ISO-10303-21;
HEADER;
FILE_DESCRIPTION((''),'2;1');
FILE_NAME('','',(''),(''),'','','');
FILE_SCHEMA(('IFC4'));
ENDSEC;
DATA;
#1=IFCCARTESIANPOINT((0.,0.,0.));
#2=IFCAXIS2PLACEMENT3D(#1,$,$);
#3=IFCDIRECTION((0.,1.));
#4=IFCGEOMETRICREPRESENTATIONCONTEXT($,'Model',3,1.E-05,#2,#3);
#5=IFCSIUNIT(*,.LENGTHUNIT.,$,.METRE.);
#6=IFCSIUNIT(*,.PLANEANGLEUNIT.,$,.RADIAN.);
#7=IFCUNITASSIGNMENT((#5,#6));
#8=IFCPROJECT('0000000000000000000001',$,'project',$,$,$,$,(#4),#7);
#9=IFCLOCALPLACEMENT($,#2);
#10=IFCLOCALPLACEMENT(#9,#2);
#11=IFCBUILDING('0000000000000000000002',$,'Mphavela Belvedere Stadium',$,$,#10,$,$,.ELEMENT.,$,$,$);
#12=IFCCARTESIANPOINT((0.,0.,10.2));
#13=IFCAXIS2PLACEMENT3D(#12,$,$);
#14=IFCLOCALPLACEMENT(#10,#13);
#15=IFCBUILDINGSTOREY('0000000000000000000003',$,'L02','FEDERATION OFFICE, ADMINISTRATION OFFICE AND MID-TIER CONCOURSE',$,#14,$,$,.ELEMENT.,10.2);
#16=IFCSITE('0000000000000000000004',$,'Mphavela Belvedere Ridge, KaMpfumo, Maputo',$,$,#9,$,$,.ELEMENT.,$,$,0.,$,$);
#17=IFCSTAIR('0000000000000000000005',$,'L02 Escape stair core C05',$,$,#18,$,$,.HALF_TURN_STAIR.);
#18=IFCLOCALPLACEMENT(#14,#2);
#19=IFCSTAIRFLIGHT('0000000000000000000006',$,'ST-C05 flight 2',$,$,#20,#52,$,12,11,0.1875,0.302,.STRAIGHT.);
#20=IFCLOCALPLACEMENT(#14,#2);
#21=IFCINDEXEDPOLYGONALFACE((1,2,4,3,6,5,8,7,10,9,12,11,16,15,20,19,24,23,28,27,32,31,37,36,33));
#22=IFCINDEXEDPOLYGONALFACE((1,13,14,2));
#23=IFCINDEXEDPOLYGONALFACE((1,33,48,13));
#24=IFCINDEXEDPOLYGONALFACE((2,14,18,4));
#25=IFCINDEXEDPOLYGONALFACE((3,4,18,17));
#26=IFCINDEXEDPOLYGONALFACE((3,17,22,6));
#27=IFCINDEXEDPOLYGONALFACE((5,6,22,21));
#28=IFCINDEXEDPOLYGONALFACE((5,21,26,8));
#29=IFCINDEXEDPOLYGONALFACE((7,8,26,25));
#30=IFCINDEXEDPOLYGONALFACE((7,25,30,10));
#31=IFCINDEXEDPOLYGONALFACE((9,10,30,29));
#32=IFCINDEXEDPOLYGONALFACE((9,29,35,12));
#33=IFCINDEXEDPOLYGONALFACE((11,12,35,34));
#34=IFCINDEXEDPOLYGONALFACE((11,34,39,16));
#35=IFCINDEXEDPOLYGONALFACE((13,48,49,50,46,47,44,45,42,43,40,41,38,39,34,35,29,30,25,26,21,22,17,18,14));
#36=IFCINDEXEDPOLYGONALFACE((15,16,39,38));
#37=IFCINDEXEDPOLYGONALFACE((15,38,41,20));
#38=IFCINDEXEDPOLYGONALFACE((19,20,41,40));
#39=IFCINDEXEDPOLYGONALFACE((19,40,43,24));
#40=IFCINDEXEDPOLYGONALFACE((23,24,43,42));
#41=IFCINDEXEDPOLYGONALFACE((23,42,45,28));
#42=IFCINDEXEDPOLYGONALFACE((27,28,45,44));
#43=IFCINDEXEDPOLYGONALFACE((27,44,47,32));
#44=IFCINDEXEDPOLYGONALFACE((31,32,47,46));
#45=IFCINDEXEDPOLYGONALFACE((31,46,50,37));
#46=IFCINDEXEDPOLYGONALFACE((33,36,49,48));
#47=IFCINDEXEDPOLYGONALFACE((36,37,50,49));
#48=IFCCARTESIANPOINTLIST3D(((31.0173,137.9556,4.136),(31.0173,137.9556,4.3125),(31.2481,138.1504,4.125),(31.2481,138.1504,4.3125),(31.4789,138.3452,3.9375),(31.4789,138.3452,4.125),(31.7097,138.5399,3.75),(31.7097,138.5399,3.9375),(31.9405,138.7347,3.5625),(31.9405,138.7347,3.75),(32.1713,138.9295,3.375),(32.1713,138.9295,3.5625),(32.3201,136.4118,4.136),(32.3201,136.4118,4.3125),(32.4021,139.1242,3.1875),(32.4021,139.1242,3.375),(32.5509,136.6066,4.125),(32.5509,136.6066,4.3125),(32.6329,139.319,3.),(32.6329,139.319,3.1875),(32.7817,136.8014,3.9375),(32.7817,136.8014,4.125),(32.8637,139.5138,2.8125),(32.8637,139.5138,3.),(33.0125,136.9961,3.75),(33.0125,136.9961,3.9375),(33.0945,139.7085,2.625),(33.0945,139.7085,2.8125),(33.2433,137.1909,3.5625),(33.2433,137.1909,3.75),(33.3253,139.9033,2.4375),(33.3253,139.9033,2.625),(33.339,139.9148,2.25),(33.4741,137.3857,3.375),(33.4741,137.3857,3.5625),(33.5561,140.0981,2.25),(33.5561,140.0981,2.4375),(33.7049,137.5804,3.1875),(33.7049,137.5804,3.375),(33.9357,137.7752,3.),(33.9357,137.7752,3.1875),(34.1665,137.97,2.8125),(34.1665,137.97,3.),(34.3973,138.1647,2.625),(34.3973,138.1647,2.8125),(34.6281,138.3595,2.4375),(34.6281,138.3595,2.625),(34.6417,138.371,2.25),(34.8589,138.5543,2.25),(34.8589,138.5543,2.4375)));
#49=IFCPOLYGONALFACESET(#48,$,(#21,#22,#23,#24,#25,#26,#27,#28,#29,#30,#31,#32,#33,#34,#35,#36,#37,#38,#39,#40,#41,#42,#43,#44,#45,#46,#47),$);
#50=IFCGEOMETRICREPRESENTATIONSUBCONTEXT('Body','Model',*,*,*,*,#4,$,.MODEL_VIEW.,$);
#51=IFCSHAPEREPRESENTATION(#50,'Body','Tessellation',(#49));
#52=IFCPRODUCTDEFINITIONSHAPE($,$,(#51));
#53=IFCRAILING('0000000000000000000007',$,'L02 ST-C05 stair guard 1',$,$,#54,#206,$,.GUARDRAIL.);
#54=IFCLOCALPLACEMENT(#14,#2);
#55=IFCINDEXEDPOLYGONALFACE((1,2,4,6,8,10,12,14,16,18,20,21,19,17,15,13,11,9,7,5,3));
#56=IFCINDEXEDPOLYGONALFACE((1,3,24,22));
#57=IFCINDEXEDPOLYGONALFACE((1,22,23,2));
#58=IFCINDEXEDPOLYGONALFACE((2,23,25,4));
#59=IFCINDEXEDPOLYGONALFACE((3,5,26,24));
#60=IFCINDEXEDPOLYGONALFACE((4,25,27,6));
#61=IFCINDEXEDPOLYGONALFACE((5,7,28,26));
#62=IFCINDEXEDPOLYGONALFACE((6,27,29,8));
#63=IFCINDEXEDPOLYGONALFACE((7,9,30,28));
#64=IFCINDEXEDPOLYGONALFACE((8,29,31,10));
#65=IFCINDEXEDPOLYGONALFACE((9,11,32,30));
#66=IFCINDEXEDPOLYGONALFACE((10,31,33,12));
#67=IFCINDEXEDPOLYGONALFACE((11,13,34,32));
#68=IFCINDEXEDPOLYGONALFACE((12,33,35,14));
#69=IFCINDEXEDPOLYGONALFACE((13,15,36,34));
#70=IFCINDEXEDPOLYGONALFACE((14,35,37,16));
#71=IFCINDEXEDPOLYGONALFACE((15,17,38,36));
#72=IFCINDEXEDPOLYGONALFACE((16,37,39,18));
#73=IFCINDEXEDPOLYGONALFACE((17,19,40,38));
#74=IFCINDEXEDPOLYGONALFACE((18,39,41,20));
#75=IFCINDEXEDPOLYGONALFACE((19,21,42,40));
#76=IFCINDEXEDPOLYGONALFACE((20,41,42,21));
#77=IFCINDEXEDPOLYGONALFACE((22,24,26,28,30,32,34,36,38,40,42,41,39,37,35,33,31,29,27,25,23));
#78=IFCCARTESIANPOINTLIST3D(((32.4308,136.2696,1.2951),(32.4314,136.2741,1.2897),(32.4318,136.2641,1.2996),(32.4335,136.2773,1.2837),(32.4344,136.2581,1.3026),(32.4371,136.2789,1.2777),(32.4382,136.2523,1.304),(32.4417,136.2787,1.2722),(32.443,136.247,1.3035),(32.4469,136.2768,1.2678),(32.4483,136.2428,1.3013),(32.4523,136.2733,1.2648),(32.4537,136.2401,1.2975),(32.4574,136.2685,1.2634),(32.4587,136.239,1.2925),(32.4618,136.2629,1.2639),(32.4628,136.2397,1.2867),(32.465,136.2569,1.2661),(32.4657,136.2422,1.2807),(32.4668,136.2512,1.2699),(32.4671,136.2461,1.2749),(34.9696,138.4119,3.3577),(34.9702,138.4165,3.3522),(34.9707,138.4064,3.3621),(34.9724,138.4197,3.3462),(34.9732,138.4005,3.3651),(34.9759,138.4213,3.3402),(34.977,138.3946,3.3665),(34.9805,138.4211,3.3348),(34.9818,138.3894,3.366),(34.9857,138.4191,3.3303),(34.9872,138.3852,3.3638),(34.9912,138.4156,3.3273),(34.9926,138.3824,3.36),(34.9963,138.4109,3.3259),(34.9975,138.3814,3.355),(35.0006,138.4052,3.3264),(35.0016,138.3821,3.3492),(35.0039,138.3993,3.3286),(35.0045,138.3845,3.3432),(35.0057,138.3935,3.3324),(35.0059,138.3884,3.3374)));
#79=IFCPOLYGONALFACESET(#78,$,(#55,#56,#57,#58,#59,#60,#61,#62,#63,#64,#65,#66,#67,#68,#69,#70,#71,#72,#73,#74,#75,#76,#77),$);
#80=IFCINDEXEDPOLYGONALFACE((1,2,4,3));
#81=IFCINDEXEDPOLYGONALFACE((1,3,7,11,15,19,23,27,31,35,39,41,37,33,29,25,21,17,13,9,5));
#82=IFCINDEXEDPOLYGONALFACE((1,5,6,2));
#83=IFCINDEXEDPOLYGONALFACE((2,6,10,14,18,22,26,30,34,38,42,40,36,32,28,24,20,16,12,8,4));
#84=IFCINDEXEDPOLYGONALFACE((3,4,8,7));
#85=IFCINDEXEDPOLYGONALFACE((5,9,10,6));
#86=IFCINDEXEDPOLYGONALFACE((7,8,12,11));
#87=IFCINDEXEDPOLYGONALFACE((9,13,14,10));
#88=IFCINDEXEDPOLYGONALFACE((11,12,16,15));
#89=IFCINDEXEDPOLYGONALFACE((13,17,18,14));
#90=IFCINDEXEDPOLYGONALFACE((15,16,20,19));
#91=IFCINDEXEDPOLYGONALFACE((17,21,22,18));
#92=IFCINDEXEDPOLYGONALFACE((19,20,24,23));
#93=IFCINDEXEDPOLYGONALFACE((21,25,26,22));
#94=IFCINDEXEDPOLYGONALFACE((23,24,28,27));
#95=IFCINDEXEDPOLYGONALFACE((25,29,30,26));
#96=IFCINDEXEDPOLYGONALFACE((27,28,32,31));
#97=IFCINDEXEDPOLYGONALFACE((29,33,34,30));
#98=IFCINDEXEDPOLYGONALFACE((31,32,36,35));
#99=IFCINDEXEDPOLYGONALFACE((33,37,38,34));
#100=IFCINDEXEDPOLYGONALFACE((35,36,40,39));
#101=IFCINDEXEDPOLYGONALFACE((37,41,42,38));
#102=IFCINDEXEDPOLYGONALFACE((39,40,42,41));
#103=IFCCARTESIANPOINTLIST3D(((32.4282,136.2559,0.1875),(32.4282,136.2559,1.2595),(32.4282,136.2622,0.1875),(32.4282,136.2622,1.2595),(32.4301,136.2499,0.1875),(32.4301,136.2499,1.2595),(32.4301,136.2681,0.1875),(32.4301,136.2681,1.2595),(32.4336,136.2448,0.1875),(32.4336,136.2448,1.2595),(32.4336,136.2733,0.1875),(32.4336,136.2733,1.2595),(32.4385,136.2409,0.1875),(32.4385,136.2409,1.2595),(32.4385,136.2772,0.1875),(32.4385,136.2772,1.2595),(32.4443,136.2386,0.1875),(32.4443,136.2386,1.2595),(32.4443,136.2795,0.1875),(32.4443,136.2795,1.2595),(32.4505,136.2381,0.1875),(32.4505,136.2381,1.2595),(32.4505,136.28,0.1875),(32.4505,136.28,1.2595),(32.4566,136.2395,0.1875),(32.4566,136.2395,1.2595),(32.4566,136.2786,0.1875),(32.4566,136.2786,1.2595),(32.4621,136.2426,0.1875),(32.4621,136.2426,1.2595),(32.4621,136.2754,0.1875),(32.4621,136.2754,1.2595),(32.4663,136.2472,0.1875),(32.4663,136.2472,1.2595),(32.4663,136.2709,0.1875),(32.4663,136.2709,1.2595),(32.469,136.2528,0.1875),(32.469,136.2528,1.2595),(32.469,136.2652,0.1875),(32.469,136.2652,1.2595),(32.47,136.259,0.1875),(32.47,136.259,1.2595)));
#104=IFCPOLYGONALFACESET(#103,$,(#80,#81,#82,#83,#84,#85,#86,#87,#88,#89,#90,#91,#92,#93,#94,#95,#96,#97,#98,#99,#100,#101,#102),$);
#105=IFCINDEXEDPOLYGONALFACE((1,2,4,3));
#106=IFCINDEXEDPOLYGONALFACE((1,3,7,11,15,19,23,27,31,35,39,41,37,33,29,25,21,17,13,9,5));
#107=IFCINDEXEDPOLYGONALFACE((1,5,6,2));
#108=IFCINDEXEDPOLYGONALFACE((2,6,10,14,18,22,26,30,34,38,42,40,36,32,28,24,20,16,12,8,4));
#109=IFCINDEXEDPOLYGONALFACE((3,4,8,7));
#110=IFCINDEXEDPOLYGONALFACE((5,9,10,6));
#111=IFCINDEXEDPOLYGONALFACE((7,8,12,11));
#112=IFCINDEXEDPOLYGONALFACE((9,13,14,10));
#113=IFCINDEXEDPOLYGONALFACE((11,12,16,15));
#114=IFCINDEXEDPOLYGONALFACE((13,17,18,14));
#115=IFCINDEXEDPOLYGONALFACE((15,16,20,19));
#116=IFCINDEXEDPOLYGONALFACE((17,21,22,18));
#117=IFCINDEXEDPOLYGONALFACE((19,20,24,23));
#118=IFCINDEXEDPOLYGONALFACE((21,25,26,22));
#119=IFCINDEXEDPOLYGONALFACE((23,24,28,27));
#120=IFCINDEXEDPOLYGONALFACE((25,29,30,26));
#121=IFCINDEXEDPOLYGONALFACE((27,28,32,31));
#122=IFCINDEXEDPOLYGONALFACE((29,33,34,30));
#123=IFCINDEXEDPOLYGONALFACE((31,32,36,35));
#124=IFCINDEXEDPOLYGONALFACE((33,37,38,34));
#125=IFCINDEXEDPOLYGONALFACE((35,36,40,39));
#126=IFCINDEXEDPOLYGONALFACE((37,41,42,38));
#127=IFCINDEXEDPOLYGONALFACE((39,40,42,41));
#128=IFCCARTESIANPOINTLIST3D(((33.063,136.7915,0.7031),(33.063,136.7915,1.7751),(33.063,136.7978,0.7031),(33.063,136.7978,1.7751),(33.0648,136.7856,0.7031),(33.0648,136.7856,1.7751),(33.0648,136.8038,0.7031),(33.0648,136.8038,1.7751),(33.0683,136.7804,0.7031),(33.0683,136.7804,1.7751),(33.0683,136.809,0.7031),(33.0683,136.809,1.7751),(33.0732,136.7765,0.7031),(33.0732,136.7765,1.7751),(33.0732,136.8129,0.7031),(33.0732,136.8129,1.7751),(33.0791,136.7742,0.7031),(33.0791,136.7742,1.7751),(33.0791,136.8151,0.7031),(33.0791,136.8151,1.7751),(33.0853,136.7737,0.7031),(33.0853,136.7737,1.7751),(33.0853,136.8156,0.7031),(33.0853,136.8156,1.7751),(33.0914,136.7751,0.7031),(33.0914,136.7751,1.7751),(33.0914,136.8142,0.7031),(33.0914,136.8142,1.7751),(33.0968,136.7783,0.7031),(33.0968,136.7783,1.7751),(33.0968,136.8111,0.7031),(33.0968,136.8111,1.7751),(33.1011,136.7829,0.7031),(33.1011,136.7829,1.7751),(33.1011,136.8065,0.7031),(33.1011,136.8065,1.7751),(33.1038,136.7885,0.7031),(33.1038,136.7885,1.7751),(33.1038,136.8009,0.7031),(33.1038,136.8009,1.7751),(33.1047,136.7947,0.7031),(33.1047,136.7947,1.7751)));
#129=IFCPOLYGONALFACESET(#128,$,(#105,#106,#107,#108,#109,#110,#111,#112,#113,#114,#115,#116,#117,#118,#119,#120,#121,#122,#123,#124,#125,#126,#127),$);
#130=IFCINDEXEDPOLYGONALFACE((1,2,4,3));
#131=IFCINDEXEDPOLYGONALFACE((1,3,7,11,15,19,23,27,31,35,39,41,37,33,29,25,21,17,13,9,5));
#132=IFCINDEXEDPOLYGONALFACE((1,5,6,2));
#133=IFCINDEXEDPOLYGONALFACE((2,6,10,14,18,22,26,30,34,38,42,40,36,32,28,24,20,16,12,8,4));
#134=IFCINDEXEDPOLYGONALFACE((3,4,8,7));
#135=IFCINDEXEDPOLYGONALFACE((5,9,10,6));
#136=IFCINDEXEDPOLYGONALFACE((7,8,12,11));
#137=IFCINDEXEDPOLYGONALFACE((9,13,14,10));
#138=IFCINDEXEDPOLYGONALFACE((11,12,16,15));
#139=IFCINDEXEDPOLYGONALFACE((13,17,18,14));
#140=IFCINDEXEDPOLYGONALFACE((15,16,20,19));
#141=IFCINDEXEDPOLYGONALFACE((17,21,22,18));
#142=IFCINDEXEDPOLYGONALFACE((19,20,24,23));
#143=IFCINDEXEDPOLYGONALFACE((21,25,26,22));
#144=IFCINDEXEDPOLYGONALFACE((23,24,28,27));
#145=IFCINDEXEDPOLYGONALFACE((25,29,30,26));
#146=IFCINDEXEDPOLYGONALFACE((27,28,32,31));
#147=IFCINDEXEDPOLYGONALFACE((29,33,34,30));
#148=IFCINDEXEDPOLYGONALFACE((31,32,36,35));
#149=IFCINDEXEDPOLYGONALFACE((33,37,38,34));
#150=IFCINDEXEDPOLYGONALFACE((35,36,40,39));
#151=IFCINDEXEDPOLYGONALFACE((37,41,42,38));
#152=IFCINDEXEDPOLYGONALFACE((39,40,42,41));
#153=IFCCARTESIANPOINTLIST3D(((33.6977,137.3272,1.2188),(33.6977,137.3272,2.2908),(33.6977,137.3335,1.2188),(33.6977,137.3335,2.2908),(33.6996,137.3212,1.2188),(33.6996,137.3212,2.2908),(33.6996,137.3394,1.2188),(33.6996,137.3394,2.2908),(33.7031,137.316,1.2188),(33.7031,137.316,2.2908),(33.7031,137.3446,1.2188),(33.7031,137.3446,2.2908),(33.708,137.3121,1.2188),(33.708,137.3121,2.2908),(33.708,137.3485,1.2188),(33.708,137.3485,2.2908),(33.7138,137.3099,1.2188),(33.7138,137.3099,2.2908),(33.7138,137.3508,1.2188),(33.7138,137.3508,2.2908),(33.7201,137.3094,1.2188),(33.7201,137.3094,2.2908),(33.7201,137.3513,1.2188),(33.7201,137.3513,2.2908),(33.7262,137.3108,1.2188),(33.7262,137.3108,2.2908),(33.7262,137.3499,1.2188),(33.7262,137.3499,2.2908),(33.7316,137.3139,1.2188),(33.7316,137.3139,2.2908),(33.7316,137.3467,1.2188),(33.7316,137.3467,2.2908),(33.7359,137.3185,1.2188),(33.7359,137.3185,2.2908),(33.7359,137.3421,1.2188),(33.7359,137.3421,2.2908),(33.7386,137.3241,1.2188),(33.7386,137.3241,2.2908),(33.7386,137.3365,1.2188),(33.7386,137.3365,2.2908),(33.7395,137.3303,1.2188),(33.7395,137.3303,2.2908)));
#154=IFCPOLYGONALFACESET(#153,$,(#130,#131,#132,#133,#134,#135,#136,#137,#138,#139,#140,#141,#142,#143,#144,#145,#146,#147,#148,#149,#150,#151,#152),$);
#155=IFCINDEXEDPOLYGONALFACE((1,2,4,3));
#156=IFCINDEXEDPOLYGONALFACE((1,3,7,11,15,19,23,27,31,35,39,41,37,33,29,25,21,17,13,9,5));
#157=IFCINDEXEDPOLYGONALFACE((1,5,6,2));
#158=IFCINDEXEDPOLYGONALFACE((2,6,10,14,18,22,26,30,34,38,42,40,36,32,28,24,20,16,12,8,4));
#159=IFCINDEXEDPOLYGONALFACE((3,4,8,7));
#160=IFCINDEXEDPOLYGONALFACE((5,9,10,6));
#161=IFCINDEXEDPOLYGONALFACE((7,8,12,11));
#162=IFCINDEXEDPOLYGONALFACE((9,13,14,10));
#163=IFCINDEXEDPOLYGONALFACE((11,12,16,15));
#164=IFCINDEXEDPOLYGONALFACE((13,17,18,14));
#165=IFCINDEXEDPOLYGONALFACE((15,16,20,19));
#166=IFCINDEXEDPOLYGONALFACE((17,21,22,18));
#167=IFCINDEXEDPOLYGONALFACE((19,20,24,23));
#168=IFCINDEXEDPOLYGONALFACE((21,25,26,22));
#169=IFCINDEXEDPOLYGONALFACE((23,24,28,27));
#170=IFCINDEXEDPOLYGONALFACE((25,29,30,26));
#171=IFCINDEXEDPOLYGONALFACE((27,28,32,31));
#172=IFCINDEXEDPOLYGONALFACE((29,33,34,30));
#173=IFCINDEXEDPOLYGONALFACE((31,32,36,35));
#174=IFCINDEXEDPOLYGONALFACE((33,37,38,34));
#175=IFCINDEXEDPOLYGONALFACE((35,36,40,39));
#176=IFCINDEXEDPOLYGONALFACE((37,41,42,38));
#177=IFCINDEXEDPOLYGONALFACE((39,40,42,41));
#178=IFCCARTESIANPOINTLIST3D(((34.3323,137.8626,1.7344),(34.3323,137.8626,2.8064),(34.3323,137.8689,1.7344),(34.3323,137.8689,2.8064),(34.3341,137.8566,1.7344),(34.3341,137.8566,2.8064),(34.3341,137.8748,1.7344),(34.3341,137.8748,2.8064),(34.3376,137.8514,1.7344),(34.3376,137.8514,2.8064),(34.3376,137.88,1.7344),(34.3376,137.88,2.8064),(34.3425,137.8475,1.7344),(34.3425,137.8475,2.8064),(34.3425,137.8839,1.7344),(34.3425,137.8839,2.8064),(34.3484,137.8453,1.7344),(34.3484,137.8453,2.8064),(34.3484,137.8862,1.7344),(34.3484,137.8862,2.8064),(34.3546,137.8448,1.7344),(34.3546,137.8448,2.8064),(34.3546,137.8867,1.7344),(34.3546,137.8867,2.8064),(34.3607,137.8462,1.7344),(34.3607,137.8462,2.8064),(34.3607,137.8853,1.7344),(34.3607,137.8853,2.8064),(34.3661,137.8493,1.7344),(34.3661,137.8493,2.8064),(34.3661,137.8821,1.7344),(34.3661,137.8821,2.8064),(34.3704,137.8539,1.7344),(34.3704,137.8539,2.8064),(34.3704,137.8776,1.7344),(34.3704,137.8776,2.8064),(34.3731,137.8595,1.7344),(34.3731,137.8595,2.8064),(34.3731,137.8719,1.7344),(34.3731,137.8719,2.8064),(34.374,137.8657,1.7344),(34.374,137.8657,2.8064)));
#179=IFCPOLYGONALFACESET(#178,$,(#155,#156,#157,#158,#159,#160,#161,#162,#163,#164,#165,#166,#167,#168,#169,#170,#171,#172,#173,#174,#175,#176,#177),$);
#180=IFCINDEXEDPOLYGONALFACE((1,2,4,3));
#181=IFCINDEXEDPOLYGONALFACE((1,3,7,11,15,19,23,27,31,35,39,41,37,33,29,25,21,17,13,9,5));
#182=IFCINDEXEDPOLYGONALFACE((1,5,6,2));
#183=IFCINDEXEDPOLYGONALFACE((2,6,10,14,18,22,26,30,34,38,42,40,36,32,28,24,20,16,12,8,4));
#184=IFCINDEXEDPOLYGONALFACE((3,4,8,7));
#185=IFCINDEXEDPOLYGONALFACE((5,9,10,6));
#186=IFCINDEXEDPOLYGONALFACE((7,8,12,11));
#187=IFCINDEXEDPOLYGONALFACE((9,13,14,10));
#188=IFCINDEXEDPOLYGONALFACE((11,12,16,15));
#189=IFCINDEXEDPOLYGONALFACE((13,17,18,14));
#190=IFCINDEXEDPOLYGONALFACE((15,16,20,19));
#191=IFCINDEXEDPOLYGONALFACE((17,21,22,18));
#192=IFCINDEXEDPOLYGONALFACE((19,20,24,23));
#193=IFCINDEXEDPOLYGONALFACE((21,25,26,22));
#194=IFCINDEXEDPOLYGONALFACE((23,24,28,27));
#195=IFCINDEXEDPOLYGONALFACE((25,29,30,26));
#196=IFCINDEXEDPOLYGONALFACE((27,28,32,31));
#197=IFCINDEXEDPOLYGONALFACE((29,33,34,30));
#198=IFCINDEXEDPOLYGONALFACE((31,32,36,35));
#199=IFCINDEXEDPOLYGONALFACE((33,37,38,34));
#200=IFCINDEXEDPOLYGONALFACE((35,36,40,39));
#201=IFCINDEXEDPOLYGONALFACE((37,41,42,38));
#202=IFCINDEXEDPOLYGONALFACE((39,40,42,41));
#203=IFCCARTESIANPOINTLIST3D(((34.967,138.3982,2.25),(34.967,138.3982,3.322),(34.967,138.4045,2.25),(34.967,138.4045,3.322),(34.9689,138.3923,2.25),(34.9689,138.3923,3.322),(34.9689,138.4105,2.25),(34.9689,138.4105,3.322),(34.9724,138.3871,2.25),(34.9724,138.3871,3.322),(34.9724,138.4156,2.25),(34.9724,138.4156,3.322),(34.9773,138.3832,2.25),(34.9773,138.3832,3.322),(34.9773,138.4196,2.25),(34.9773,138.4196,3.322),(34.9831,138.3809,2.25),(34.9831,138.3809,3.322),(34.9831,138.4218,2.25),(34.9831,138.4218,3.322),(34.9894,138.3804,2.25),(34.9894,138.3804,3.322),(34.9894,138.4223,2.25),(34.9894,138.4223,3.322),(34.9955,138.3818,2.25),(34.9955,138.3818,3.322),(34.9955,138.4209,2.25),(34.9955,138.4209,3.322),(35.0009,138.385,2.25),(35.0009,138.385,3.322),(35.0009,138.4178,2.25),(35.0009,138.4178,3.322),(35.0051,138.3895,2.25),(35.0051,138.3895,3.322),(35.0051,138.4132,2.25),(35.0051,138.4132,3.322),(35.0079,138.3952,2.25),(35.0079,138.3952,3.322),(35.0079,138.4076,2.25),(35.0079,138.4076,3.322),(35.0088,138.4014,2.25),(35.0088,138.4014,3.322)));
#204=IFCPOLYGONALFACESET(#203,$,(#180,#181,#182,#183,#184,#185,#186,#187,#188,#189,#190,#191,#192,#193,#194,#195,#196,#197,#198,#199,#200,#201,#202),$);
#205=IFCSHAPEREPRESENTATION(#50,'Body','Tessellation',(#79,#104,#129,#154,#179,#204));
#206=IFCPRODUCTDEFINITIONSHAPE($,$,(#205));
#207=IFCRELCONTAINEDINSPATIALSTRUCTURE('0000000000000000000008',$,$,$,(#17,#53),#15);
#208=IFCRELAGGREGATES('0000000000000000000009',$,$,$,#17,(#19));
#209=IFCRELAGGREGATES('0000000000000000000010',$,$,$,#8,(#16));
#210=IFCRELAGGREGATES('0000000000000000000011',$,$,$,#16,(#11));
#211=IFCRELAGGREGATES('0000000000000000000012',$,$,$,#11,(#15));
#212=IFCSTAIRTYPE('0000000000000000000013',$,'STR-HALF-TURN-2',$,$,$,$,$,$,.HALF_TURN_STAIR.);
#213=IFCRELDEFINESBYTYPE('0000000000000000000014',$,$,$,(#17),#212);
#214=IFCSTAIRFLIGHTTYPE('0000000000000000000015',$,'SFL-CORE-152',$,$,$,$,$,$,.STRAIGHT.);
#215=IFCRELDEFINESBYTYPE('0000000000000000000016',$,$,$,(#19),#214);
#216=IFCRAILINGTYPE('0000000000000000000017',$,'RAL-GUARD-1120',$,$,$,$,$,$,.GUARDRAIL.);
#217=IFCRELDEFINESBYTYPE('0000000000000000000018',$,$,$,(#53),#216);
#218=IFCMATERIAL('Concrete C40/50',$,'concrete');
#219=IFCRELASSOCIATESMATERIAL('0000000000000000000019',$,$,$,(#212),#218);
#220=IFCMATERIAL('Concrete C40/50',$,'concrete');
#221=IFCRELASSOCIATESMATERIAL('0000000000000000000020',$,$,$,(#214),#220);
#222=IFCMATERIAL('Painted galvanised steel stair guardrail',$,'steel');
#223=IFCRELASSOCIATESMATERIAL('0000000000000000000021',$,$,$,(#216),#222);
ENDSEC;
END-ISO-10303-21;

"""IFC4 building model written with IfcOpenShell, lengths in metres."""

from ifc_helpers import new_model, si_unit, direction, frame, origin, origin_2d, place, context, subcontext, project, spatial, polyline, circle, outline, extrude, material, type_object, element, aggregate, save


model = new_model("IFC4")

# Units and contexts
model_context = context("Model", 3, precision=1e-05, world=origin(), true_north=direction((0.0, 1.0)))
body_context = subcontext(model_context, "Body", "Model", "MODEL_VIEW")
ifc_project = project(units=[si_unit("LENGTHUNIT", "METRE"), si_unit("PLANEANGLEUNIT", "RADIAN")], contexts=[model_context])

# Site, building, storey
site_placement = place(None, origin())
site = spatial("IfcSite", under=ifc_project, at=site_placement, Name="Mphavela Belvedere Ridge, KaMpfumo, Maputo", CompositionType="ELEMENT", RefElevation=0.0)
building_placement = place(site_placement, origin())
building = spatial("IfcBuilding", under=site, at=building_placement, Name="Mphavela Belvedere Stadium", CompositionType="ELEMENT")
storey_placement = place(building_placement, frame((0.0, 0.0, 10.2)))
storey = spatial("IfcBuildingStorey", under=building, at=storey_placement, Name="L02", Description="FEDERATION OFFICE, ADMINISTRATION OFFICE AND MID-TIER CONCOURSE", CompositionType="ELEMENT", Elevation=10.2)

# Stair, stair flight
ifc_material_1 = material(Name="Concrete C40/50", Category="concrete")
stair_type = type_object("IfcStairType", Name="STR-HALF-TURN-2", PredefinedType="HALF_TURN_STAIR", material=ifc_material_1)
stair_placement = place(storey_placement, origin())
stair = element("IfcStair", 1, at=stair_placement, inside=storey, type_object=stair_type, Name="L02 Escape stair core C05", PredefinedType="HALF_TURN_STAIR")
ifc_material_2 = material(Name="Concrete C40/50", Category="concrete")
stair_flight_type = type_object("IfcStairFlightType", Name="SFL-CORE-152", PredefinedType="STRAIGHT", material=ifc_material_2)
stair_flight_1_placement = place(storey_placement, frame((34.2075, 139.3262, 2.25), z_axis=(0.0, 0.0, 1.0), x_axis=(-0.764246, -0.644924, 0.0)))
stair_flight_1 = element("IfcStairFlight", 2, at=stair_flight_1_placement, type_object=stair_flight_type, Name="ST-C05 flight 2", NumberOfRisers=12, NumberOfTreads=11, PredefinedType="STRAIGHT", RiserHeight=0.1875, TreadLength=0.302, context=body_context, shape_type="SweptSolid", body=[
    extrude(outline(polyline([(0.0, 0.0), (0.0, 0.1875), (0.302, 0.1875), (0.302, 0.375), (0.604, 0.375), (0.604, 0.5625), (0.906, 0.5625), (0.906, 0.75), (1.208, 0.75), (1.208, 0.9375), (1.51, 0.9375), (1.51, 1.125), (1.812, 1.125), (1.812, 1.3125), (2.114, 1.3125), (2.114, 1.5), (2.416, 1.5), (2.416, 1.6875), (2.718, 1.6875), (2.718, 1.875), (3.02, 1.875), (3.02, 2.0625), (3.322, 2.0625), (3.322, 2.25), (3.322, 1.886), (0.2842, 0.0), (0.0, 0.0)])), frame((0.0, 1.01, 0.0), z_axis=(0.0, -1.0, 0.0), x_axis=(1.0, 0.0, 0.0)), (0.0, 0.0, 1.0), 2.02),
])
aggregate(stair, [stair_flight_1])

# Railing
ifc_material_3 = material(Name="Painted galvanised steel stair guardrail", Category="steel")
railing_type_1 = type_object("IfcRailingType", Name="RAL-GUARD-1120", PredefinedType="GUARDRAIL", material=ifc_material_3)
railing_1_placement = place(storey_placement, frame((32.449, 136.259, 0.1875)))
element("IfcRailing", 3, at=railing_1_placement, inside=storey, type_object=railing_type_1, Name="L02 ST-C05 stair guard 1", PredefinedType="GUARDRAIL", context=body_context, shape_type="SweptSolid", body=[
    extrude(circle(Radius=0.0239, at=origin_2d()), frame((0.0, 0.0, 1.0962), z_axis=(0.649293, 0.547894, 0.527476), x_axis=(-0.644907, 0.764261, 0.0)), (0.0, 0.0, 1.0), 3.9102),
    extrude(circle(Radius=0.021, at=origin_2d()), origin(), (0.0, 0.0, 1.0), 1.072),
    extrude(circle(Radius=0.021, at=origin_2d()), frame((0.6348, 0.5356, 0.5156)), (0.0, 0.0, 1.0), 1.072),
    extrude(circle(Radius=0.021, at=origin_2d()), frame((1.2695, 1.0713, 1.0312)), (0.0, 0.0, 1.0), 1.072),
    extrude(circle(Radius=0.021, at=origin_2d()), frame((1.9041, 1.6067, 1.5469)), (0.0, 0.0, 1.0), 1.072),
    extrude(circle(Radius=0.021, at=origin_2d()), frame((2.5388, 2.1423, 2.0625)), (0.0, 0.0, 1.0), 1.072),
])

save(model, "model.ifc")
